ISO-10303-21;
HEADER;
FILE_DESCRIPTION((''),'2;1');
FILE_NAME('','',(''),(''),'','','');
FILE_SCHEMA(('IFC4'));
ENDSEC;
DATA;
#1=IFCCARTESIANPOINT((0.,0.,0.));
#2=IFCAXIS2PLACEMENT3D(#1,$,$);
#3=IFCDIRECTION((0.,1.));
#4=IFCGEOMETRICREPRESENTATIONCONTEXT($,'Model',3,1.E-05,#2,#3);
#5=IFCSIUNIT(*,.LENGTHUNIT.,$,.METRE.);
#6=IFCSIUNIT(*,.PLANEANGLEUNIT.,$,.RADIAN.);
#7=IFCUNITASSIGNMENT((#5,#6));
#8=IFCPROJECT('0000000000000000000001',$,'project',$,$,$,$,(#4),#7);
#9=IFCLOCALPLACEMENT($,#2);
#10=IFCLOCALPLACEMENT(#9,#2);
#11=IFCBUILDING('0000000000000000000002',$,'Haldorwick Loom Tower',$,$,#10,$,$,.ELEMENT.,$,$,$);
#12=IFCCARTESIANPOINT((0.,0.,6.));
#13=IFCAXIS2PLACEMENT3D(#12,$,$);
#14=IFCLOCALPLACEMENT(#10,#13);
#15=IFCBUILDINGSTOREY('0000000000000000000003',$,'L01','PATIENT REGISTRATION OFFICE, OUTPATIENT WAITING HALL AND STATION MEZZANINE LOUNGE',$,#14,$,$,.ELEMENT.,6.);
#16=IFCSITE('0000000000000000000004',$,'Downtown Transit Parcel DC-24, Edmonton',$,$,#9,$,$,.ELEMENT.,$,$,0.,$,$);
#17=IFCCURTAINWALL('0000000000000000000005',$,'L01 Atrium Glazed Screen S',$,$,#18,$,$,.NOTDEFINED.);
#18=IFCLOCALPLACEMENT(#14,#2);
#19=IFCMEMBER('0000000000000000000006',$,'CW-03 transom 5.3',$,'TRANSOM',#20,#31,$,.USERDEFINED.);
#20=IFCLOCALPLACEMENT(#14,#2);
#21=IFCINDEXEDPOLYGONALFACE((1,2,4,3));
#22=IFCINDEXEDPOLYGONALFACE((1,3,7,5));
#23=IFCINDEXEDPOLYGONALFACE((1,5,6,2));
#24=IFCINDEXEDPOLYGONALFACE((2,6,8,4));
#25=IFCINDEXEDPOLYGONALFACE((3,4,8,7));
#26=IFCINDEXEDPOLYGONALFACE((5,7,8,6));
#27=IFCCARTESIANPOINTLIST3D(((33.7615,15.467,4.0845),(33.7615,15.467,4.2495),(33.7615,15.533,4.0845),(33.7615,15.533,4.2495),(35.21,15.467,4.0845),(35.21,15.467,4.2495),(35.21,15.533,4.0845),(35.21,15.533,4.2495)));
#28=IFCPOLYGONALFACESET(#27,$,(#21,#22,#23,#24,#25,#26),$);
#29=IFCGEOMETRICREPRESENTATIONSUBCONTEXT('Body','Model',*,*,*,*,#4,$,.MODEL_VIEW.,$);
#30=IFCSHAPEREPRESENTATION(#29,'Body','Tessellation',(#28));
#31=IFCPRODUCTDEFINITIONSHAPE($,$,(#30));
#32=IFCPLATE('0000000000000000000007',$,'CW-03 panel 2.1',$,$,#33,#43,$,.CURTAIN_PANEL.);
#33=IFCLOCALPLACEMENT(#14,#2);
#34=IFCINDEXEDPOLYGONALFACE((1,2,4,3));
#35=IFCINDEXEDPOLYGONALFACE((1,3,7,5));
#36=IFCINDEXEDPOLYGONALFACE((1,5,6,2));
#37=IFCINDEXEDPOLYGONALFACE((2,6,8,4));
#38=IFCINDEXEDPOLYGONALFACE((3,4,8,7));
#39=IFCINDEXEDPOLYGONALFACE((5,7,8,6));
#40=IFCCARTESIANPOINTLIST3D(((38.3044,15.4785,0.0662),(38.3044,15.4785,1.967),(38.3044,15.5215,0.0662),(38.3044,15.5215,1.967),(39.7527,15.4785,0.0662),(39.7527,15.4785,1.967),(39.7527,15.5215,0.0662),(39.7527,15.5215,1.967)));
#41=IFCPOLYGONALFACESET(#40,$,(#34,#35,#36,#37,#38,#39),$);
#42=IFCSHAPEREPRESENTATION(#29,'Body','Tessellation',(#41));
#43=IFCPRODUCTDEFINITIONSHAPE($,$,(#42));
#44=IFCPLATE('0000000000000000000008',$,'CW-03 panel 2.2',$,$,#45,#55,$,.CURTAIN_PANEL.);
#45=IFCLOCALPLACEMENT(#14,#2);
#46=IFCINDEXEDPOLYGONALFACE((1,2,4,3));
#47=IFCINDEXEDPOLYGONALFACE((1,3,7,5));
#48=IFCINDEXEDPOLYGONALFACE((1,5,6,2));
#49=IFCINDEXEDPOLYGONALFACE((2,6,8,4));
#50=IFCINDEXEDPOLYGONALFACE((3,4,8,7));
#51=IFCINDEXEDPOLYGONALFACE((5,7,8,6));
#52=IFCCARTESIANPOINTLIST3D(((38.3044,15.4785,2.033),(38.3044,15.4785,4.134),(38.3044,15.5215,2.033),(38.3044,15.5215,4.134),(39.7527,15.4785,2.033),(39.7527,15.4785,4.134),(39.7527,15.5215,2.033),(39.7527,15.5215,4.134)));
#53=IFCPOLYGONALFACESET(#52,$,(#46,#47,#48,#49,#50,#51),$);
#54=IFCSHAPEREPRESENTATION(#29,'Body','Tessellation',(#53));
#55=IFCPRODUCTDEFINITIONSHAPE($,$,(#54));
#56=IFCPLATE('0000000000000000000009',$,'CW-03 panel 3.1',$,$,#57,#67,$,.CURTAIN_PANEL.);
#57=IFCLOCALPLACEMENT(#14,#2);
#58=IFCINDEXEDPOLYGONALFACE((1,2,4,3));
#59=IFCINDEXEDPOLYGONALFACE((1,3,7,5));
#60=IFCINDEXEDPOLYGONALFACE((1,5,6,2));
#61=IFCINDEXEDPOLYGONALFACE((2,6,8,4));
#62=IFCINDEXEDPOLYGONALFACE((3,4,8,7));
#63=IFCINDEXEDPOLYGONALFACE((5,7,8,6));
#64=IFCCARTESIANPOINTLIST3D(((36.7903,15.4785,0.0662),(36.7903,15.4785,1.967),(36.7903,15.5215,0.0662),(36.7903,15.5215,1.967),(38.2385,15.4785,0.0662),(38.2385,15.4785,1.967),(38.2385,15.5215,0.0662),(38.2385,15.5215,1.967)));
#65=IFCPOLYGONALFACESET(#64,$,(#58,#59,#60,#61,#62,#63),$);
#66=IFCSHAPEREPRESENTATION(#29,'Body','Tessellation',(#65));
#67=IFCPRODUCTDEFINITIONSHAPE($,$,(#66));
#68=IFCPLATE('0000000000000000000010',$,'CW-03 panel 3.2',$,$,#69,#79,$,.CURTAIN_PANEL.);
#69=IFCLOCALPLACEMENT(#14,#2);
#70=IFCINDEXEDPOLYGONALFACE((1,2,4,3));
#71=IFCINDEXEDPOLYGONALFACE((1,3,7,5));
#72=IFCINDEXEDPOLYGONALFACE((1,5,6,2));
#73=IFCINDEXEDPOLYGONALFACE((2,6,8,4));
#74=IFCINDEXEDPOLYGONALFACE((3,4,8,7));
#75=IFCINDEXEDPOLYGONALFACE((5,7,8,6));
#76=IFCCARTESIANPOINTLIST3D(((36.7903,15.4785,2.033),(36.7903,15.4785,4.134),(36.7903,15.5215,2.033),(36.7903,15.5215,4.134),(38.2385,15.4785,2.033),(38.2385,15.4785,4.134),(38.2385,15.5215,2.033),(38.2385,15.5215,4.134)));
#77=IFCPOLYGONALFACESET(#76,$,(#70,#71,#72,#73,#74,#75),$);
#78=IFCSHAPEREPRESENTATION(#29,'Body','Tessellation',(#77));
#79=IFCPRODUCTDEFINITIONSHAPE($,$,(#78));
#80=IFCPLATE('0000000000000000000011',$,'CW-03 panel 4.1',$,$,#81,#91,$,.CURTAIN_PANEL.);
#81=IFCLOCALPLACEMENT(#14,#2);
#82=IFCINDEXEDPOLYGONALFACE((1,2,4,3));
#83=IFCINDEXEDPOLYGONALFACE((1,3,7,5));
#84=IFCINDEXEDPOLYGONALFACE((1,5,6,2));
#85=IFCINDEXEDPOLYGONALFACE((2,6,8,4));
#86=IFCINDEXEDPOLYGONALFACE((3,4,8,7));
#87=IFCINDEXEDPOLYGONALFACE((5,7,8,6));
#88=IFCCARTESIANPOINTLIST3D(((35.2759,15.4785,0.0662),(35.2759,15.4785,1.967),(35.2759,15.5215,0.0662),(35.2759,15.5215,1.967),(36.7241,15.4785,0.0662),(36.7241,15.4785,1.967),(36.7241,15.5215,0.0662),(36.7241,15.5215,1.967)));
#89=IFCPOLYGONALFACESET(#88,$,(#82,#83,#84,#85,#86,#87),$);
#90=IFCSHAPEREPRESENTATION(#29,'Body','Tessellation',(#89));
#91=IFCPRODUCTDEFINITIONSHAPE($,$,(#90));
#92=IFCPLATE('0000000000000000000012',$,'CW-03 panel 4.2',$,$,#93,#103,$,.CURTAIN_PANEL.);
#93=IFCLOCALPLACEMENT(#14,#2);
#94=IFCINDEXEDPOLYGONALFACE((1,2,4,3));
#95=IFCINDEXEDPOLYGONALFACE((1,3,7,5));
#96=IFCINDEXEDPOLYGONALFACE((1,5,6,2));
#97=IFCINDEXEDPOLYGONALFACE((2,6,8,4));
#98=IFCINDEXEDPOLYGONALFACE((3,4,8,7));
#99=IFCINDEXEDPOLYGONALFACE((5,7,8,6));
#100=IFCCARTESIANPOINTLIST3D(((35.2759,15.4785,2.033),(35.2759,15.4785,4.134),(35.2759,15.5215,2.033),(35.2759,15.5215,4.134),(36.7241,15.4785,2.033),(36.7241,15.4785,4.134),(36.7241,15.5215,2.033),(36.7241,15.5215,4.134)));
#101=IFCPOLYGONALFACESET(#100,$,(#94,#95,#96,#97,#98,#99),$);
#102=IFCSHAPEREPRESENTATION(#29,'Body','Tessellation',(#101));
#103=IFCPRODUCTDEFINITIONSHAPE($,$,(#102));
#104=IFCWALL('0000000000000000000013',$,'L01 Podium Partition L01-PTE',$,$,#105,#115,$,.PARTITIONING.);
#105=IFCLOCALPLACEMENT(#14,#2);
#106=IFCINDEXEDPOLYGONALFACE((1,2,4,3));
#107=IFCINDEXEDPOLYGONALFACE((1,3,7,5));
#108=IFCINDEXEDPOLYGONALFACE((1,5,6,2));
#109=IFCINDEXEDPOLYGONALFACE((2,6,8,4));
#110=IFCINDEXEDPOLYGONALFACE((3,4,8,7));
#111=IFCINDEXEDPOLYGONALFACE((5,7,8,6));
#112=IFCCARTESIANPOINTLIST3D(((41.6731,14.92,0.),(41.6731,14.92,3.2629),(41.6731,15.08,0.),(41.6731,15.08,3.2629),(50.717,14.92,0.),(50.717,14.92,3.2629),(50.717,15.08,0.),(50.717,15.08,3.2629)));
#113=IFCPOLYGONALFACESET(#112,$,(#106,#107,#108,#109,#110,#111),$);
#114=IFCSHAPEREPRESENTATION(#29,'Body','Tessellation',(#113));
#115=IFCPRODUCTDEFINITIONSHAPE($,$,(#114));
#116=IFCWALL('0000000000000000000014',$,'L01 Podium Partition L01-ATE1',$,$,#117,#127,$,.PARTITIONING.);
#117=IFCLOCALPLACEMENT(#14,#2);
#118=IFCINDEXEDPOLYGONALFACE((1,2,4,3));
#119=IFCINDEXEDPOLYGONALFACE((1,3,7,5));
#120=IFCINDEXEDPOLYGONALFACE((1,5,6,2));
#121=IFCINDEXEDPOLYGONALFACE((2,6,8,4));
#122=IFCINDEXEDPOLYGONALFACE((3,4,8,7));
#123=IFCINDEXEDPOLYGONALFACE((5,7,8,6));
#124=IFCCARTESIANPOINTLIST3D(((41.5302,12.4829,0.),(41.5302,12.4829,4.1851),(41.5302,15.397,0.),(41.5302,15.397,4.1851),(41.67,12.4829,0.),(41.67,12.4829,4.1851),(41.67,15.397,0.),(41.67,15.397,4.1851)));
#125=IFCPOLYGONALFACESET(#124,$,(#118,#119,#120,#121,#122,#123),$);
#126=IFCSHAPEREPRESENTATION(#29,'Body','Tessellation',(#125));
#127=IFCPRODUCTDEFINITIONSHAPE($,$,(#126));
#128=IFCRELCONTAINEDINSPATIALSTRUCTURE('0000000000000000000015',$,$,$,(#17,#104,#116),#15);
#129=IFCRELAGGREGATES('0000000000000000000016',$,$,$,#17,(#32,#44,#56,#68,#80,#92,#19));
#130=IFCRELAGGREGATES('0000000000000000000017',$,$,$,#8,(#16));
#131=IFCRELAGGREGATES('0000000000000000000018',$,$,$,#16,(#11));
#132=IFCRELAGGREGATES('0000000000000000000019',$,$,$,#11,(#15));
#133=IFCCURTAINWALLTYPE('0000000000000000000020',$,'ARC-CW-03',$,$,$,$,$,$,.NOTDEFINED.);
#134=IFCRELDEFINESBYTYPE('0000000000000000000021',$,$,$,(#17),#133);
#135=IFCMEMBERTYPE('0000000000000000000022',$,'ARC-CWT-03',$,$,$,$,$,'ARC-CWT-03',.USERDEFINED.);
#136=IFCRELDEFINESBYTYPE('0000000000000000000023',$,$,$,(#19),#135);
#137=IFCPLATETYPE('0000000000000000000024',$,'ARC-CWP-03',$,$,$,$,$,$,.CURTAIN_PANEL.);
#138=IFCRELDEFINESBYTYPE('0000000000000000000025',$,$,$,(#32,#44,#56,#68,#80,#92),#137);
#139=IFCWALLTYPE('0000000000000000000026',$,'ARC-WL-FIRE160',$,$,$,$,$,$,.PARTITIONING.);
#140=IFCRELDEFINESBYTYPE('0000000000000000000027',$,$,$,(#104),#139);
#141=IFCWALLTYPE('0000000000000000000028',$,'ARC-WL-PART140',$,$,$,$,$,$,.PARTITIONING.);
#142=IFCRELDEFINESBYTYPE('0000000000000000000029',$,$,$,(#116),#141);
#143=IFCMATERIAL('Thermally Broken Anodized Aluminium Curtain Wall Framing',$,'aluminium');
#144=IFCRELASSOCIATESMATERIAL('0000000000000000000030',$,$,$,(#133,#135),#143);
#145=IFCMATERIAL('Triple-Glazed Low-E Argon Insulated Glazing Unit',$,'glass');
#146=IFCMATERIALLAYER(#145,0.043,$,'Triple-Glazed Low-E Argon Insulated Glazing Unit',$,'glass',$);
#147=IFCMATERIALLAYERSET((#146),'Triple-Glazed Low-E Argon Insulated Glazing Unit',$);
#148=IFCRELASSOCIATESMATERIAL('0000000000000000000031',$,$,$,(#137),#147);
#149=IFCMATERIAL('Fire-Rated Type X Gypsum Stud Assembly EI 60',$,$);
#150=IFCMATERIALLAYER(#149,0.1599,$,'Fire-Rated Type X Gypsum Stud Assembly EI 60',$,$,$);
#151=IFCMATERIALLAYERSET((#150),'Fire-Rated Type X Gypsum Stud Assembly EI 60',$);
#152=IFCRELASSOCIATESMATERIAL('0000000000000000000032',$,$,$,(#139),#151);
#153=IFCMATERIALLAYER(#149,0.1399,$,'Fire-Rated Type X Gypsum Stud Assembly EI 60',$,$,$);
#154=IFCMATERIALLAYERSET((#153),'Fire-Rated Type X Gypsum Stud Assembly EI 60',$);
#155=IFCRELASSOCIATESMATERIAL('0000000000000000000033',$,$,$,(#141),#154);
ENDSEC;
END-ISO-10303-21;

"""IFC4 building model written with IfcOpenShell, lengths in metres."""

from ifc_helpers import new_model, si_unit, direction, frame, frame_2d, origin, origin_2d, place, context, subcontext, project, spatial, rectangle, extrude, material, layer, layer_set, material_profile, profile_set, type_object, element, aggregate, save


model = new_model("IFC4")

# Units and contexts
model_context = context("Model", 3, precision=1e-05, world=origin(), true_north=direction((0.0, 1.0)))
body_context = subcontext(model_context, "Body", "Model", "MODEL_VIEW")
ifc_project = project(units=[si_unit("LENGTHUNIT", "METRE"), si_unit("PLANEANGLEUNIT", "RADIAN")], contexts=[model_context])

# Site, building, storey
site_placement = place(None, origin())
site = spatial("IfcSite", under=ifc_project, at=site_placement, Name="Downtown Transit Parcel DC-24, Edmonton", CompositionType="ELEMENT", RefElevation=0.0)
building_placement = place(site_placement, origin())
building = spatial("IfcBuilding", under=site, at=building_placement, Name="Haldorwick Loom Tower", CompositionType="ELEMENT")
storey_placement = place(building_placement, frame((0.0, 0.0, 6.0)))
storey = spatial("IfcBuildingStorey", under=building, at=storey_placement, Name="L01", Description="PATIENT REGISTRATION OFFICE, OUTPATIENT WAITING HALL AND STATION MEZZANINE LOUNGE", CompositionType="ELEMENT", Elevation=6.0)

# Curtain wall, member, plates
ifc_material_1 = material(Name="Thermally Broken Anodized Aluminium Curtain Wall Framing", Category="aluminium")
curtain_wall_type = type_object("IfcCurtainWallType", Name="ARC-CW-03", PredefinedType="NOTDEFINED", material=ifc_material_1)
curtain_wall_placement = place(storey_placement, origin())
curtain_wall = element("IfcCurtainWall", 1, at=curtain_wall_placement, inside=storey, type_object=curtain_wall_type, Name="L01 Atrium Glazed Screen S", PredefinedType="NOTDEFINED")
ifc_material_profile_1 = material_profile(ifc_material_1, rectangle(XDim=0.0659, YDim=0.165, at=origin_2d()), Name="ALU_TRN_66X165", Category="aluminium")
ifc_profile_set_1 = profile_set([ifc_material_profile_1], Name="Thermally Broken Anodized Aluminium Curtain Wall Framing")
member_type_1 = type_object("IfcMemberType", Name="ARC-CWT-03", ElementType="ARC-CWT-03", PredefinedType="USERDEFINED", material=ifc_profile_set_1)
member_1_placement = place(storey_placement, frame((35.21, 15.5, 4.167), z_axis=(-1.0, 0.0, 0.0), x_axis=(0.0, -1.0, 0.0)))
member_1 = element("IfcMember", 2, at=member_1_placement, type_object=member_type_1, Name="CW-03 transom 5.3", ObjectType="TRANSOM", PredefinedType="USERDEFINED", context=body_context, shape_type="SweptSolid", body=[
    extrude(rectangle(XDim=0.0659, YDim=0.165, at=origin_2d()), origin(), (0.0, 0.0, 1.0), 1.4485),
])
ifc_material_2 = material(Name="Triple-Glazed Low-E Argon Insulated Glazing Unit", Category="glass")
ifc_layer_1 = layer(ifc_material_2, 0.043, Name="Triple-Glazed Low-E Argon Insulated Glazing Unit", Category="glass")
ifc_layer_set_1 = layer_set([ifc_layer_1], Name="Triple-Glazed Low-E Argon Insulated Glazing Unit")
plate_type = type_object("IfcPlateType", Name="ARC-CWP-03", PredefinedType="CURTAIN_PANEL", material=ifc_layer_set_1)
plate_1_placement = place(storey_placement, frame((39.0286, 15.5, 0.0662), z_axis=(0.0, 0.0, 1.0), x_axis=(-1.0, 0.0, 0.0)))
plate_1 = element("IfcPlate", 3, at=plate_1_placement, type_object=plate_type, Name="CW-03 panel 2.1", PredefinedType="CURTAIN_PANEL", context=body_context, shape_type="SweptSolid", body=[
    extrude(rectangle(XDim=1.4482, YDim=0.043, at=origin_2d()), origin(), (0.0, 0.0, 1.0), 1.9009),
])
plate_2_placement = place(storey_placement, frame((39.0286, 15.5, 2.033), z_axis=(0.0, 0.0, 1.0), x_axis=(-1.0, 0.0, 0.0)))
plate_2 = element("IfcPlate", 4, at=plate_2_placement, type_object=plate_type, Name="CW-03 panel 2.2", PredefinedType="CURTAIN_PANEL", context=body_context, shape_type="SweptSolid", body=[
    extrude(rectangle(XDim=1.4482, YDim=0.043, at=origin_2d()), origin(), (0.0, 0.0, 1.0), 2.1011),
])
plate_3_placement = place(storey_placement, frame((37.5144, 15.5, 0.0662), z_axis=(0.0, 0.0, 1.0), x_axis=(-1.0, 0.0, 0.0)))
plate_3 = element("IfcPlate", 5, at=plate_3_placement, type_object=plate_type, Name="CW-03 panel 3.1", PredefinedType="CURTAIN_PANEL", context=body_context, shape_type="SweptSolid", body=[
    extrude(rectangle(XDim=1.4482, YDim=0.043, at=origin_2d()), origin(), (0.0, 0.0, 1.0), 1.9009),
])
plate_4_placement = place(storey_placement, frame((37.5144, 15.5, 2.033), z_axis=(0.0, 0.0, 1.0), x_axis=(-1.0, 0.0, 0.0)))
plate_4 = element("IfcPlate", 6, at=plate_4_placement, type_object=plate_type, Name="CW-03 panel 3.2", PredefinedType="CURTAIN_PANEL", context=body_context, shape_type="SweptSolid", body=[
    extrude(rectangle(XDim=1.4482, YDim=0.043, at=origin_2d()), origin(), (0.0, 0.0, 1.0), 2.1011),
])
plate_5_placement = place(storey_placement, frame((36.0, 15.5, 0.0662), z_axis=(0.0, 0.0, 1.0), x_axis=(-1.0, 0.0, 0.0)))
plate_5 = element("IfcPlate", 7, at=plate_5_placement, type_object=plate_type, Name="CW-03 panel 4.1", PredefinedType="CURTAIN_PANEL", context=body_context, shape_type="SweptSolid", body=[
    extrude(rectangle(XDim=1.4482, YDim=0.043, at=origin_2d()), origin(), (0.0, 0.0, 1.0), 1.9009),
])
plate_6_placement = place(storey_placement, frame((36.0, 15.5, 2.033), z_axis=(0.0, 0.0, 1.0), x_axis=(-1.0, 0.0, 0.0)))
plate_6 = element("IfcPlate", 8, at=plate_6_placement, type_object=plate_type, Name="CW-03 panel 4.2", PredefinedType="CURTAIN_PANEL", context=body_context, shape_type="SweptSolid", body=[
    extrude(rectangle(XDim=1.4482, YDim=0.043, at=origin_2d()), origin(), (0.0, 0.0, 1.0), 2.1011),
])
aggregate(curtain_wall, [plate_1, plate_2, plate_3, plate_4, plate_5, plate_6, member_1])

# Walls
ifc_material_3 = material(Name="Fire-Rated Type X Gypsum Stud Assembly EI 60")
ifc_layer_2 = layer(ifc_material_3, 0.1599, Name="Fire-Rated Type X Gypsum Stud Assembly EI 60")
ifc_layer_set_2 = layer_set([ifc_layer_2], Name="Fire-Rated Type X Gypsum Stud Assembly EI 60")
wall_type_1 = type_object("IfcWallType", Name="ARC-WL-FIRE160", PredefinedType="PARTITIONING", material=ifc_layer_set_2)
wall_1_placement = place(storey_placement, frame((41.6731, 15.0, 0.0), z_axis=(0.0, 0.0, 1.0), x_axis=(1.0, 0.0, 0.0)))
element("IfcWall", 9, at=wall_1_placement, inside=storey, type_object=wall_type_1, Name="L01 Podium Partition L01-PTE", PredefinedType="PARTITIONING", context=body_context, shape_type="SweptSolid", body=[
    extrude(rectangle(XDim=9.0439, YDim=0.1599, at=frame_2d((4.522, 0.0))), origin(), (0.0, 0.0, 1.0), 3.2629),
])
ifc_layer_3 = layer(ifc_material_3, 0.1399, Name="Fire-Rated Type X Gypsum Stud Assembly EI 60")
ifc_layer_set_3 = layer_set([ifc_layer_3], Name="Fire-Rated Type X Gypsum Stud Assembly EI 60")
wall_type_2 = type_object("IfcWallType", Name="ARC-WL-PART140", PredefinedType="PARTITIONING", material=ifc_layer_set_3)
wall_2_placement = place(storey_placement, frame((41.6001, 12.4829, 0.0), z_axis=(0.0, 0.0, 1.0), x_axis=(0.0, 1.0, 0.0)))
element("IfcWall", 10, at=wall_2_placement, inside=storey, type_object=wall_type_2, Name="L01 Podium Partition L01-ATE1", PredefinedType="PARTITIONING", context=body_context, shape_type="SweptSolid", body=[
    extrude(rectangle(XDim=2.9141, YDim=0.1399, at=frame_2d((1.457, 0.0))), origin(), (0.0, 0.0, 1.0), 4.1851),
])

save(model, "model.ifc")
